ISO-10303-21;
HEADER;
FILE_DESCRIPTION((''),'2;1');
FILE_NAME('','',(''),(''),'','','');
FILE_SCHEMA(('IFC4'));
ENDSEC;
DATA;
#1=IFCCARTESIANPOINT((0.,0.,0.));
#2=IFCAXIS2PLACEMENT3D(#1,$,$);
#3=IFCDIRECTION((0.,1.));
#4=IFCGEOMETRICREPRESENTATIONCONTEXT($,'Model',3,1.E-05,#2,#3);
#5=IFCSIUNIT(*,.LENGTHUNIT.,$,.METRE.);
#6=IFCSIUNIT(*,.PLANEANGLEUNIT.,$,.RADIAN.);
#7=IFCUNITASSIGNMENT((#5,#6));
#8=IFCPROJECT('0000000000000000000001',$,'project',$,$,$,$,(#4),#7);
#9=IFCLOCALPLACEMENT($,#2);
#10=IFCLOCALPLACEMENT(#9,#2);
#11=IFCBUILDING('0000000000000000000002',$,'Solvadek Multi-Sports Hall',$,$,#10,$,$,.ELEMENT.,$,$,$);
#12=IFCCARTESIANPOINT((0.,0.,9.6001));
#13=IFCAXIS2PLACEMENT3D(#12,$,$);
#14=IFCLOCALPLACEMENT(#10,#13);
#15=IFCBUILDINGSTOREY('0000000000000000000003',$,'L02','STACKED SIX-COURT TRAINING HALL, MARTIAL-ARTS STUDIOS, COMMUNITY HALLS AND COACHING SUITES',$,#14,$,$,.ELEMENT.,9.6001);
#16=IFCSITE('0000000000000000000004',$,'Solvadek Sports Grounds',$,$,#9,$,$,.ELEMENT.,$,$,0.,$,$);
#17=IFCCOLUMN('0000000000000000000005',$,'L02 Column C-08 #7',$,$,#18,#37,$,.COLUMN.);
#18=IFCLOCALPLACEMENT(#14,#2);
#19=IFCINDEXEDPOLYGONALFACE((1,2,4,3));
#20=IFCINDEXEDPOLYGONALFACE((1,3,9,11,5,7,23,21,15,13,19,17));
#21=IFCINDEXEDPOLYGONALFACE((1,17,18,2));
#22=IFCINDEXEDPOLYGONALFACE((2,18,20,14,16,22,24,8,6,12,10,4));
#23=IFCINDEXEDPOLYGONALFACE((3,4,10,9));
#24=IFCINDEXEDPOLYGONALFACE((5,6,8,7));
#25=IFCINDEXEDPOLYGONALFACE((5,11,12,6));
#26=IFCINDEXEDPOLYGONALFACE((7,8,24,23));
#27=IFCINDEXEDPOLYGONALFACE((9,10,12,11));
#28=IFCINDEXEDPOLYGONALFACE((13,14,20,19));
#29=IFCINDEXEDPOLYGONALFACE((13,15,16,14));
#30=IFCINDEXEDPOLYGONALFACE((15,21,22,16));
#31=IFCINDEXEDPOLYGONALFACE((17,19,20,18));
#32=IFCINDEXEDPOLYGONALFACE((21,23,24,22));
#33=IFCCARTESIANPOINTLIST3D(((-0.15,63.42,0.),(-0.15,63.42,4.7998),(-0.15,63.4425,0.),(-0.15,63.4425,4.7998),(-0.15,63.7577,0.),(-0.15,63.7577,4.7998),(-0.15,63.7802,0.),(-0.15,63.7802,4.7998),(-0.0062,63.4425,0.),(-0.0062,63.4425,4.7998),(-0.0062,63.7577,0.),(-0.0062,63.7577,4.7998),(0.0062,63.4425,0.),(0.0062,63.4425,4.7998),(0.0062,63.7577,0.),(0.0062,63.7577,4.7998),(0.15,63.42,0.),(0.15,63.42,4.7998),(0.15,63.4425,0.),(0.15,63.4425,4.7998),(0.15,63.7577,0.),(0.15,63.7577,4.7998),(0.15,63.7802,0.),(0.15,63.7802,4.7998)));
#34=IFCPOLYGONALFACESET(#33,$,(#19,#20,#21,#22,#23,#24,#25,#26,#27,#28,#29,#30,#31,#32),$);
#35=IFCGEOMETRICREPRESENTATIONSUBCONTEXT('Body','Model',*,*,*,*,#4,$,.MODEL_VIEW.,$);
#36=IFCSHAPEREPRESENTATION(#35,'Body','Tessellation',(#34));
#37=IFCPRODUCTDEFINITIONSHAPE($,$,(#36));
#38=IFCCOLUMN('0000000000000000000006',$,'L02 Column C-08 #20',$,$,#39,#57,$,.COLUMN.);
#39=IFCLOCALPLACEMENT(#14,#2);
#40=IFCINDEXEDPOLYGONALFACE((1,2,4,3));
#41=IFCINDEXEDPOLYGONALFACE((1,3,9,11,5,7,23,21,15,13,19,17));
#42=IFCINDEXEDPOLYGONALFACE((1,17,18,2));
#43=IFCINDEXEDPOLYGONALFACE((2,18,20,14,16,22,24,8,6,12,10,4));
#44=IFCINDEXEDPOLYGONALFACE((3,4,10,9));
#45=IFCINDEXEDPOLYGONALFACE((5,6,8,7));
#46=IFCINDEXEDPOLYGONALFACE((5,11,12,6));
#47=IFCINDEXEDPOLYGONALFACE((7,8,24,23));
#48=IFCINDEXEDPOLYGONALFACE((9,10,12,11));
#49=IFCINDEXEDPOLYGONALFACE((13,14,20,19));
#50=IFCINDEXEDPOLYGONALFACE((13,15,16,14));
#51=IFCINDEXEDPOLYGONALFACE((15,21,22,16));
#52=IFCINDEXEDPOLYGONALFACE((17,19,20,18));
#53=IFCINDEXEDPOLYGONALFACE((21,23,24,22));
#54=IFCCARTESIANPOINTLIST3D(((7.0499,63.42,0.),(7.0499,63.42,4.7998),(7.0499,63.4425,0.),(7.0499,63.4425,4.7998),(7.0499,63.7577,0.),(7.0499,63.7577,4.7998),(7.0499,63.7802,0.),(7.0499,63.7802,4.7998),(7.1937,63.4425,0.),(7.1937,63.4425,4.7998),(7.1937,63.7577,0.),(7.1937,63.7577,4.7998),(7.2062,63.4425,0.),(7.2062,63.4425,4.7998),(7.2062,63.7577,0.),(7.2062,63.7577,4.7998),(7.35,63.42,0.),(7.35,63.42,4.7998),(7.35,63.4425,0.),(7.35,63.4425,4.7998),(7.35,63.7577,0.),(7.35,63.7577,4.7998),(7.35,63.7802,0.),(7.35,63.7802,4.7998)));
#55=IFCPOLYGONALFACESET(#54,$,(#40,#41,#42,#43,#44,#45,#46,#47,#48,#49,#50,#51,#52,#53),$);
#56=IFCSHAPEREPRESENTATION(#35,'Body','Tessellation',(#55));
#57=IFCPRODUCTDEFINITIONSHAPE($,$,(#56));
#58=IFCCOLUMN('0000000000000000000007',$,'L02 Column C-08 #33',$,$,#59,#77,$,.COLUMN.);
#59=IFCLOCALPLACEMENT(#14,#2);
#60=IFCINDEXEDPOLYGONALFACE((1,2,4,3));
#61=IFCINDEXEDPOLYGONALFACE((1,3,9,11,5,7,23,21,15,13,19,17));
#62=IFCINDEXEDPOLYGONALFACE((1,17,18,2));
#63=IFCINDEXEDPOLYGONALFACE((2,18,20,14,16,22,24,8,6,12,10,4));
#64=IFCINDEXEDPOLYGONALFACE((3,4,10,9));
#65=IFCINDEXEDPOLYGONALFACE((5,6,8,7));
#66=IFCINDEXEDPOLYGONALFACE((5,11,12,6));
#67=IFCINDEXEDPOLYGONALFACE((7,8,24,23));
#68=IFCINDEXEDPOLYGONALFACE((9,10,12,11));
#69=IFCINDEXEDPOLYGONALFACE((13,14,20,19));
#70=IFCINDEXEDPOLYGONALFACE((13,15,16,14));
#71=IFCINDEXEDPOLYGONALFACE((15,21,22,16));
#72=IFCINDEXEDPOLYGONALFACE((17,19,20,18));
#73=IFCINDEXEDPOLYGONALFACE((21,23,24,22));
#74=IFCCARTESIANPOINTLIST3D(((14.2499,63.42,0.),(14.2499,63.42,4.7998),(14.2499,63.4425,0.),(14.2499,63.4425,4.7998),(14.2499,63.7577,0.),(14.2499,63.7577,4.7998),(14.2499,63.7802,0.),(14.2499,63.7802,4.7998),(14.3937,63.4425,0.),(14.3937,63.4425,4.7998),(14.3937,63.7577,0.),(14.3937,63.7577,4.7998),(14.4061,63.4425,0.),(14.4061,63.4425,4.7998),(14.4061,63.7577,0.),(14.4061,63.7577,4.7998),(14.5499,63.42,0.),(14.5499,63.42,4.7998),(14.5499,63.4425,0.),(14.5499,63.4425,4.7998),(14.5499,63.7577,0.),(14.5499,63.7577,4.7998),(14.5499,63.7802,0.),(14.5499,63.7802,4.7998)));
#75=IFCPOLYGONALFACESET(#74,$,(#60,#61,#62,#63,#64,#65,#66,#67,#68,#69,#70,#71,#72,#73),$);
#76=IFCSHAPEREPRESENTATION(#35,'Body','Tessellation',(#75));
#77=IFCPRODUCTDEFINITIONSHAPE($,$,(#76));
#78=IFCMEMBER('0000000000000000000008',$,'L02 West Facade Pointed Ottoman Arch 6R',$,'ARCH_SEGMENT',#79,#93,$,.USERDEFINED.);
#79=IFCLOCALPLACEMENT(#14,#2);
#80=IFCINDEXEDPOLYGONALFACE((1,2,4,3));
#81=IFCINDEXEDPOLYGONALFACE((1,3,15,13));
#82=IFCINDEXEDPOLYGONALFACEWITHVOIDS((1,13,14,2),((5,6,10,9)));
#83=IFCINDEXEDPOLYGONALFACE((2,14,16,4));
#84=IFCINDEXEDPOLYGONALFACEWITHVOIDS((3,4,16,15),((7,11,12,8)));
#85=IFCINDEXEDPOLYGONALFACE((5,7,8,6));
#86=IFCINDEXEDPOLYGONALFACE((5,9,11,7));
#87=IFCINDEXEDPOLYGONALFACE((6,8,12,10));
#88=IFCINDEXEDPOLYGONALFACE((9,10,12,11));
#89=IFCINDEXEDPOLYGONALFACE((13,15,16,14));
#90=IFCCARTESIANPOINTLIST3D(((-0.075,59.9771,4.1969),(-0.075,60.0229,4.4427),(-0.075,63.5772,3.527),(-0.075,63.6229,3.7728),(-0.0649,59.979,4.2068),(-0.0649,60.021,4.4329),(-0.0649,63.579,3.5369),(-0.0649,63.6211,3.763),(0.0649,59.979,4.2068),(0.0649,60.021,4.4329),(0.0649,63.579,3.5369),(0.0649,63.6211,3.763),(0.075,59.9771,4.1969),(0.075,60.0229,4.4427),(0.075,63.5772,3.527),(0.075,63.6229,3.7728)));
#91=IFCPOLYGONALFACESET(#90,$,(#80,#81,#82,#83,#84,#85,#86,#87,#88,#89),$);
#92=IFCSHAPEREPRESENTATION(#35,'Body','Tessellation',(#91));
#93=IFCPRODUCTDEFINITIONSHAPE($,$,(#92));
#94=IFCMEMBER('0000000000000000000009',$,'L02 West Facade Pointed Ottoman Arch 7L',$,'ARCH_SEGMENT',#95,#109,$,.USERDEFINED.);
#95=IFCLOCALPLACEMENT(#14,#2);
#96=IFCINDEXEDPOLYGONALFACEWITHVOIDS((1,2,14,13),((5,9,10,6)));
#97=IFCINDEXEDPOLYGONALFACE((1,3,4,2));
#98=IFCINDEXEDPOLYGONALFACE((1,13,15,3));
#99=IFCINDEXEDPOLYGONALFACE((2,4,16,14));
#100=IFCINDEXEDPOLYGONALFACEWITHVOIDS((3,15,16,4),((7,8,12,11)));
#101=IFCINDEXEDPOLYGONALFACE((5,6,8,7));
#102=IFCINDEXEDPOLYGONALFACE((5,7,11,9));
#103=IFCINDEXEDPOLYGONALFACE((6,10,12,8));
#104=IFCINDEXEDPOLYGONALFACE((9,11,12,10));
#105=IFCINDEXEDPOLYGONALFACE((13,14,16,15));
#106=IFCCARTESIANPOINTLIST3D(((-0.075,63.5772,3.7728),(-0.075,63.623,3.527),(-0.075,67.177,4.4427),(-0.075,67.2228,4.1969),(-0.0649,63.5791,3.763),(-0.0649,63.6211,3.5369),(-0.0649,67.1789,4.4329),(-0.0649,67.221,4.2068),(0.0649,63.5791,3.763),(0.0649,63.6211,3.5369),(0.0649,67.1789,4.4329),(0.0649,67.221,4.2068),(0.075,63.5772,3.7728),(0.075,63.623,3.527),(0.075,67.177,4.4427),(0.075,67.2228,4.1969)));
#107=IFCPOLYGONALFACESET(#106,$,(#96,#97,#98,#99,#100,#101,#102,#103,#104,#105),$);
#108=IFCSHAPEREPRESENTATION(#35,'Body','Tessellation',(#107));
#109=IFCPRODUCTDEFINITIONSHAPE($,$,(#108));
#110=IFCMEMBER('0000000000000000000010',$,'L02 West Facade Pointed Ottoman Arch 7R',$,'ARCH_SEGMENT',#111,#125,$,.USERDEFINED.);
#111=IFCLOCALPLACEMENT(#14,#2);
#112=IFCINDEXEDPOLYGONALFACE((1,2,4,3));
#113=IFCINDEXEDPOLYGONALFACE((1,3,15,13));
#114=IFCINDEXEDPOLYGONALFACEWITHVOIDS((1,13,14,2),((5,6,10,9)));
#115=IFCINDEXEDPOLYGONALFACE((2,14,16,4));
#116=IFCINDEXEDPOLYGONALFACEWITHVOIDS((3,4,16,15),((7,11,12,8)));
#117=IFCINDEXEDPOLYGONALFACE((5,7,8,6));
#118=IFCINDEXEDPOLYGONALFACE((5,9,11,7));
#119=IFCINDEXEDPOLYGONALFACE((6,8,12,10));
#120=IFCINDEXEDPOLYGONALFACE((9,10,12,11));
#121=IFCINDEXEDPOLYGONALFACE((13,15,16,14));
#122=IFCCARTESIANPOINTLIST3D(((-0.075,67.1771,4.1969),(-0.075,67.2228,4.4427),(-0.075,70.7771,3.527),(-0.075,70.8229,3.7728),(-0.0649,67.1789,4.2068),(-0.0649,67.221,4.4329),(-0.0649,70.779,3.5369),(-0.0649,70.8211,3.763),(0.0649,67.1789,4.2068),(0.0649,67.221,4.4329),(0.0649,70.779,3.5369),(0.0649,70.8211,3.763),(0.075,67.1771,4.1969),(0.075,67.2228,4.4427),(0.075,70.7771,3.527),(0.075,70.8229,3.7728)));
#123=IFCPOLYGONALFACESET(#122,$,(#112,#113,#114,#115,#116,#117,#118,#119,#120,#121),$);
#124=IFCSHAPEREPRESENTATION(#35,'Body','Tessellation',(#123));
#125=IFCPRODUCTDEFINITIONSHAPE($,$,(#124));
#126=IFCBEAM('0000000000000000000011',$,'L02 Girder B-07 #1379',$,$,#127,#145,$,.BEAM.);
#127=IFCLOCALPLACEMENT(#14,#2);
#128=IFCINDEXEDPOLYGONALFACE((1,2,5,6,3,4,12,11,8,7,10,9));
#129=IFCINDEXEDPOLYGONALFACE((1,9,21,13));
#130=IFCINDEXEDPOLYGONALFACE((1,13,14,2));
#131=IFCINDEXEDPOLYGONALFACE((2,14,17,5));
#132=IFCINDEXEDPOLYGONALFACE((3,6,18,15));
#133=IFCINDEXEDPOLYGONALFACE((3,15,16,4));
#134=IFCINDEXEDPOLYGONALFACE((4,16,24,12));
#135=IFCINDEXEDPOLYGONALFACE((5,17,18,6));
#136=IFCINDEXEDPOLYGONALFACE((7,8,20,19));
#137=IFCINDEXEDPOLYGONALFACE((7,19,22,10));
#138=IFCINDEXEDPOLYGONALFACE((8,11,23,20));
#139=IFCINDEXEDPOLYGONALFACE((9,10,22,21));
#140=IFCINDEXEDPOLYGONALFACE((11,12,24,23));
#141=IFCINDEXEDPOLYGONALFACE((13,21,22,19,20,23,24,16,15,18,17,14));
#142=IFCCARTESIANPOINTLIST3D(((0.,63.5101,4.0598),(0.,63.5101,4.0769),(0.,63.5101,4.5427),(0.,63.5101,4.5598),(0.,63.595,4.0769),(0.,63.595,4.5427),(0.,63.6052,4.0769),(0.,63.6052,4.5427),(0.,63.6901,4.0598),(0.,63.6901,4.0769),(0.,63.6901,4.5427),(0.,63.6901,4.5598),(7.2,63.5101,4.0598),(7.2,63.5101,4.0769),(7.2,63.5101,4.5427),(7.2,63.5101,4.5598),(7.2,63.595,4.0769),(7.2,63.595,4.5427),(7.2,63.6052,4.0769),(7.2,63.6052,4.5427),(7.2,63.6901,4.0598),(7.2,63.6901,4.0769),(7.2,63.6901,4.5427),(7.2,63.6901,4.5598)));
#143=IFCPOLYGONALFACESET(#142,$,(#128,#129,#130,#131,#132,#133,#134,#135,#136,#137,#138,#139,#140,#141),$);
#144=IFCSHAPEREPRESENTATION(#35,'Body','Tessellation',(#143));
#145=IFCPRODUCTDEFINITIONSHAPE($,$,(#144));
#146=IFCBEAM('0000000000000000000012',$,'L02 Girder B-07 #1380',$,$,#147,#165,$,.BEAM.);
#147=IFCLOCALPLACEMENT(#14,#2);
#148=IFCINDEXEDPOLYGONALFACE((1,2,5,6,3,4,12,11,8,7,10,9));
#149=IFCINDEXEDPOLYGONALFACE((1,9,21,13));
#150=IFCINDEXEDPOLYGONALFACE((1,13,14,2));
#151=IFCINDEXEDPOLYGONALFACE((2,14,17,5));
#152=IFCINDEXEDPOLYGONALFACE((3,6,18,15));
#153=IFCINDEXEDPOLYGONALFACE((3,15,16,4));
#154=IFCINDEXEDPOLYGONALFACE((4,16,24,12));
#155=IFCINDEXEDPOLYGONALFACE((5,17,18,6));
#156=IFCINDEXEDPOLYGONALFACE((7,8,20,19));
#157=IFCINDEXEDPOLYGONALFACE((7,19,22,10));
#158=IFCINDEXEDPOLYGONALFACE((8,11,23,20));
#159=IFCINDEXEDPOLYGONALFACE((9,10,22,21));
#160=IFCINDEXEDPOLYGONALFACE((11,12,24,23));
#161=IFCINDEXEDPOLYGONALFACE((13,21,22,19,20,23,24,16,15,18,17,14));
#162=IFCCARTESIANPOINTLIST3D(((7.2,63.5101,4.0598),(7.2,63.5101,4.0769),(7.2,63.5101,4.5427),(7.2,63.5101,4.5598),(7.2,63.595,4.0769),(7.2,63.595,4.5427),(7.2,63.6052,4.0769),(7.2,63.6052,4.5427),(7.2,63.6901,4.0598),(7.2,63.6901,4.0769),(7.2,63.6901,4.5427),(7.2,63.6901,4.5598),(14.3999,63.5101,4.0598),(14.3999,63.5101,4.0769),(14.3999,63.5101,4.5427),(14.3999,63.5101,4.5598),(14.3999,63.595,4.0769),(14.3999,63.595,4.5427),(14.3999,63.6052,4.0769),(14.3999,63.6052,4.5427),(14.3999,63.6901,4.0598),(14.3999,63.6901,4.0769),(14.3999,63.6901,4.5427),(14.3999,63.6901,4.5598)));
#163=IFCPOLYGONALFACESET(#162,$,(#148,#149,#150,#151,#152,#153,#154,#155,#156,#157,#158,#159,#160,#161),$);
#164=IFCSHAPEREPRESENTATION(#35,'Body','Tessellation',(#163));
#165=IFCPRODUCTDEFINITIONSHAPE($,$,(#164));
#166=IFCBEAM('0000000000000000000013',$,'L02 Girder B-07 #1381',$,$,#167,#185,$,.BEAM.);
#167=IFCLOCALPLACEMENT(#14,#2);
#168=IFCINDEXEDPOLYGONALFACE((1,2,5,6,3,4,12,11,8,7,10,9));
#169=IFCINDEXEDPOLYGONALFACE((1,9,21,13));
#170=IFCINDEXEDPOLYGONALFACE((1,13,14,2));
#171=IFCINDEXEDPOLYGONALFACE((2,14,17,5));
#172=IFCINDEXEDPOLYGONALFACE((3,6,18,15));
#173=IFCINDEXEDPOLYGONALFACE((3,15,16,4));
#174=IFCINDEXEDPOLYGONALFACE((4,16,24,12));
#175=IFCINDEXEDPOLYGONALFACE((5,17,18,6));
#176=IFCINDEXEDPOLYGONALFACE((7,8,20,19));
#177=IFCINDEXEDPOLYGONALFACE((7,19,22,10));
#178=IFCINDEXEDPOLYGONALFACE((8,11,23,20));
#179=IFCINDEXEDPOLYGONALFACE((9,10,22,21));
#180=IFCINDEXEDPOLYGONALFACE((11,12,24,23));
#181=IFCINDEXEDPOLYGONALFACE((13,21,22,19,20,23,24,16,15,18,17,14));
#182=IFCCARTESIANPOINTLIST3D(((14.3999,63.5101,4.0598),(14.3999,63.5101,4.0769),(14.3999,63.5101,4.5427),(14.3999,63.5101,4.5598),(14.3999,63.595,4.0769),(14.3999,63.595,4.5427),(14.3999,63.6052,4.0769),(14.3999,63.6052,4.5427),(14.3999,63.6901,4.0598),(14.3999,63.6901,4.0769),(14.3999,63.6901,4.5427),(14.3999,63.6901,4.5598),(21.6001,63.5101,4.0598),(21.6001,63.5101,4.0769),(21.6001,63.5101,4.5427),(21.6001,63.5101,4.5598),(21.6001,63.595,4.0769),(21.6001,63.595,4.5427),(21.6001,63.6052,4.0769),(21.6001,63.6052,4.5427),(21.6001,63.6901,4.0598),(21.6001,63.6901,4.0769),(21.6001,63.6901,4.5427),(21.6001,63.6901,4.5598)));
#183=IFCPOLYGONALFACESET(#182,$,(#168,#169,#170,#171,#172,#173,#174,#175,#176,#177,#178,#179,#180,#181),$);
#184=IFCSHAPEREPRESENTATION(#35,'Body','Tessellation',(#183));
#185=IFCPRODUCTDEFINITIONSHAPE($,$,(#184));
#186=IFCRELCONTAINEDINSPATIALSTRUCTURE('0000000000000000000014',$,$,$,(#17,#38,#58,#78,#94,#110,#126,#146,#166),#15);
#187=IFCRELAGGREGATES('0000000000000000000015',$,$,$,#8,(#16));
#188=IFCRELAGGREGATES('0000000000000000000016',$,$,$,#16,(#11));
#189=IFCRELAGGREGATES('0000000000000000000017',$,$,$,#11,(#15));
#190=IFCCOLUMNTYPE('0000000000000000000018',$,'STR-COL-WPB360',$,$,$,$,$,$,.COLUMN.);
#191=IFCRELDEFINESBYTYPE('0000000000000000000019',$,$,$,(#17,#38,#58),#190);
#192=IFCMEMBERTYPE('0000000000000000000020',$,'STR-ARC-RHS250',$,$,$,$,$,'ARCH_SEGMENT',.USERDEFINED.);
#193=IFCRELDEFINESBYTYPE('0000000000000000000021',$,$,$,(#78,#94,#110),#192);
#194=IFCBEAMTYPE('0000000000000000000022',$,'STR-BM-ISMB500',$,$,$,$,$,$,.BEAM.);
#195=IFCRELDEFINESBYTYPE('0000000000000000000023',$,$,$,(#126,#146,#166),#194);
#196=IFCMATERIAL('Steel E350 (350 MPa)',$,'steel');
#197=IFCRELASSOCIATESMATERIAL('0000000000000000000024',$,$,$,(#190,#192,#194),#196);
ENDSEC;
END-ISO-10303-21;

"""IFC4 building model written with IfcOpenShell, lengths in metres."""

from ifc_helpers import new_model, si_unit, direction, frame, origin, origin_2d, place, context, subcontext, project, spatial, hollow_rectangle, i_section, extrude, material, material_profile, profile_set, type_object, element, save


model = new_model("IFC4")

# Units and contexts
model_context = context("Model", 3, precision=1e-05, world=origin(), true_north=direction((0.0, 1.0)))
body_context = subcontext(model_context, "Body", "Model", "MODEL_VIEW")
ifc_project = project(units=[si_unit("LENGTHUNIT", "METRE"), si_unit("PLANEANGLEUNIT", "RADIAN")], contexts=[model_context])

# Site, building, storey
site_placement = place(None, origin())
site = spatial("IfcSite", under=ifc_project, at=site_placement, Name="Solvadek Sports Grounds", CompositionType="ELEMENT", RefElevation=0.0)
building_placement = place(site_placement, origin())
building = spatial("IfcBuilding", under=site, at=building_placement, Name="Solvadek Multi-Sports Hall", CompositionType="ELEMENT")
storey_placement = place(building_placement, frame((0.0, 0.0, 9.6001)))
storey = spatial("IfcBuildingStorey", under=building, at=storey_placement, Name="L02", Description="STACKED SIX-COURT TRAINING HALL, MARTIAL-ARTS STUDIOS, COMMUNITY HALLS AND COACHING SUITES", CompositionType="ELEMENT", Elevation=9.6001)

# Columns
ifc_material_1 = material(Name="Steel E350 (350 MPa)", Category="steel")
ifc_material_profile_1 = material_profile(ifc_material_1, i_section(OverallWidth=0.3, OverallDepth=0.3601, WebThickness=0.0125, FlangeThickness=0.0225, at=origin_2d()), Name="WPB 360")
ifc_profile_set_1 = profile_set([ifc_material_profile_1], Name="Steel E350 (350 MPa)")
column_type = type_object("IfcColumnType", Name="STR-COL-WPB360", PredefinedType="COLUMN", material=ifc_profile_set_1)
for number, where, z_axis, x_axis, name in (
    (1, (0.0, 63.6001, 0.0), (0.0, 0.0, 1.0), (1.0, 0.0, 0.0), "L02 Column C-08 #7"),
    (2, (7.2, 63.6001, 0.0), (0.0, 0.0, 1.0), (1.0, 0.0, 0.0), "L02 Column C-08 #20"),
    (3, (14.3999, 63.6001, 0.0), (0.0, 0.0, 1.0), (1.0, 0.0, 0.0), "L02 Column C-08 #33"),
):
    element("IfcColumn", number, at=place(storey_placement, frame(where, z_axis=z_axis, x_axis=x_axis)), inside=storey, type_object=column_type, Name=name, PredefinedType="COLUMN", context=body_context, shape_type="SweptSolid", body=[
        extrude(i_section(OverallWidth=0.3, OverallDepth=0.3601, WebThickness=0.0125, FlangeThickness=0.0225, at=origin_2d()), origin(), (0.0, 0.0, 1.0), 4.7998),
    ])

# Members
ifc_material_profile_2 = material_profile(ifc_material_1, hollow_rectangle(XDim=0.1499, YDim=0.25, WallThickness=0.01, at=origin_2d()), Name="RHS 250x150x10")
ifc_profile_set_2 = profile_set([ifc_material_profile_2], Name="Steel E350 (350 MPa)")
member_type = type_object("IfcMemberType", Name="STR-ARC-RHS250", ElementType="ARCH_SEGMENT", PredefinedType="USERDEFINED", material=ifc_profile_set_2)
member_1_placement = place(storey_placement, frame((0.0, 60.0, 4.3198), z_axis=(0.0, 0.983123, -0.182944), x_axis=(-1.0, 0.0, 0.0)))
element("IfcMember", 4, at=member_1_placement, inside=storey, type_object=member_type, Name="L02 West Facade Pointed Ottoman Arch 6R", ObjectType="ARCH_SEGMENT", PredefinedType="USERDEFINED", context=body_context, shape_type="SweptSolid", body=[
    extrude(hollow_rectangle(XDim=0.1499, YDim=0.25, WallThickness=0.01, at=origin_2d()), origin(), (0.0, 0.0, 1.0), 3.6619),
])
member_2_placement = place(storey_placement, frame((0.0, 63.6001, 3.6499), z_axis=(0.0, 0.983121, 0.182956), x_axis=(-1.0, 0.0, 0.0)))
element("IfcMember", 5, at=member_2_placement, inside=storey, type_object=member_type, Name="L02 West Facade Pointed Ottoman Arch 7L", ObjectType="ARCH_SEGMENT", PredefinedType="USERDEFINED", context=body_context, shape_type="SweptSolid", body=[
    extrude(hollow_rectangle(XDim=0.1499, YDim=0.25, WallThickness=0.01, at=origin_2d()), origin(), (0.0, 0.0, 1.0), 3.6616),
])
member_3_placement = place(storey_placement, frame((0.0, 67.2, 4.3198), z_axis=(0.0, 0.983123, -0.182944), x_axis=(-1.0, 0.0, 0.0)))
element("IfcMember", 6, at=member_3_placement, inside=storey, type_object=member_type, Name="L02 West Facade Pointed Ottoman Arch 7R", ObjectType="ARCH_SEGMENT", PredefinedType="USERDEFINED", context=body_context, shape_type="SweptSolid", body=[
    extrude(hollow_rectangle(XDim=0.1499, YDim=0.25, WallThickness=0.01, at=origin_2d()), origin(), (0.0, 0.0, 1.0), 3.6619),
])

# Beams
ifc_material_profile_3 = material_profile(ifc_material_1, i_section(OverallWidth=0.1799, OverallDepth=0.5, WebThickness=0.0103, FlangeThickness=0.0171, at=origin_2d()), Name="ISMB 500")
ifc_profile_set_3 = profile_set([ifc_material_profile_3], Name="Steel E350 (350 MPa)")
beam_type_1 = type_object("IfcBeamType", Name="STR-BM-ISMB500", PredefinedType="BEAM", material=ifc_profile_set_3)
for number, where, z_axis, x_axis, name in (
    (7, (0.0, 63.6001, 4.3098), (1.0, 0.0, 0.0), (0.0, 1.0, 0.0), "L02 Girder B-07 #1379"),
    (8, (7.2, 63.6001, 4.3098), (1.0, 0.0, 0.0), (0.0, 1.0, 0.0), "L02 Girder B-07 #1380"),
):
    element("IfcBeam", number, at=place(storey_placement, frame(where, z_axis=z_axis, x_axis=x_axis)), inside=storey, type_object=beam_type_1, Name=name, PredefinedType="BEAM", context=body_context, shape_type="SweptSolid", body=[
        extrude(i_section(OverallWidth=0.1799, OverallDepth=0.5, WebThickness=0.0103, FlangeThickness=0.0171, at=origin_2d()), origin(), (0.0, 0.0, 1.0), 7.2),
    ])
beam_1_placement = place(storey_placement, frame((14.3999, 63.6001, 4.3098), z_axis=(1.0, 0.0, 0.0), x_axis=(0.0, 1.0, 0.0)))
element("IfcBeam", 9, at=beam_1_placement, inside=storey, type_object=beam_type_1, Name="L02 Girder B-07 #1381", PredefinedType="BEAM", context=body_context, shape_type="SweptSolid", body=[
    extrude(i_section(OverallWidth=0.1799, OverallDepth=0.5, WebThickness=0.0103, FlangeThickness=0.0171, at=origin_2d()), origin(), (0.0, 0.0, 1.0), 7.2002),
])

save(model, "model.ifc")
